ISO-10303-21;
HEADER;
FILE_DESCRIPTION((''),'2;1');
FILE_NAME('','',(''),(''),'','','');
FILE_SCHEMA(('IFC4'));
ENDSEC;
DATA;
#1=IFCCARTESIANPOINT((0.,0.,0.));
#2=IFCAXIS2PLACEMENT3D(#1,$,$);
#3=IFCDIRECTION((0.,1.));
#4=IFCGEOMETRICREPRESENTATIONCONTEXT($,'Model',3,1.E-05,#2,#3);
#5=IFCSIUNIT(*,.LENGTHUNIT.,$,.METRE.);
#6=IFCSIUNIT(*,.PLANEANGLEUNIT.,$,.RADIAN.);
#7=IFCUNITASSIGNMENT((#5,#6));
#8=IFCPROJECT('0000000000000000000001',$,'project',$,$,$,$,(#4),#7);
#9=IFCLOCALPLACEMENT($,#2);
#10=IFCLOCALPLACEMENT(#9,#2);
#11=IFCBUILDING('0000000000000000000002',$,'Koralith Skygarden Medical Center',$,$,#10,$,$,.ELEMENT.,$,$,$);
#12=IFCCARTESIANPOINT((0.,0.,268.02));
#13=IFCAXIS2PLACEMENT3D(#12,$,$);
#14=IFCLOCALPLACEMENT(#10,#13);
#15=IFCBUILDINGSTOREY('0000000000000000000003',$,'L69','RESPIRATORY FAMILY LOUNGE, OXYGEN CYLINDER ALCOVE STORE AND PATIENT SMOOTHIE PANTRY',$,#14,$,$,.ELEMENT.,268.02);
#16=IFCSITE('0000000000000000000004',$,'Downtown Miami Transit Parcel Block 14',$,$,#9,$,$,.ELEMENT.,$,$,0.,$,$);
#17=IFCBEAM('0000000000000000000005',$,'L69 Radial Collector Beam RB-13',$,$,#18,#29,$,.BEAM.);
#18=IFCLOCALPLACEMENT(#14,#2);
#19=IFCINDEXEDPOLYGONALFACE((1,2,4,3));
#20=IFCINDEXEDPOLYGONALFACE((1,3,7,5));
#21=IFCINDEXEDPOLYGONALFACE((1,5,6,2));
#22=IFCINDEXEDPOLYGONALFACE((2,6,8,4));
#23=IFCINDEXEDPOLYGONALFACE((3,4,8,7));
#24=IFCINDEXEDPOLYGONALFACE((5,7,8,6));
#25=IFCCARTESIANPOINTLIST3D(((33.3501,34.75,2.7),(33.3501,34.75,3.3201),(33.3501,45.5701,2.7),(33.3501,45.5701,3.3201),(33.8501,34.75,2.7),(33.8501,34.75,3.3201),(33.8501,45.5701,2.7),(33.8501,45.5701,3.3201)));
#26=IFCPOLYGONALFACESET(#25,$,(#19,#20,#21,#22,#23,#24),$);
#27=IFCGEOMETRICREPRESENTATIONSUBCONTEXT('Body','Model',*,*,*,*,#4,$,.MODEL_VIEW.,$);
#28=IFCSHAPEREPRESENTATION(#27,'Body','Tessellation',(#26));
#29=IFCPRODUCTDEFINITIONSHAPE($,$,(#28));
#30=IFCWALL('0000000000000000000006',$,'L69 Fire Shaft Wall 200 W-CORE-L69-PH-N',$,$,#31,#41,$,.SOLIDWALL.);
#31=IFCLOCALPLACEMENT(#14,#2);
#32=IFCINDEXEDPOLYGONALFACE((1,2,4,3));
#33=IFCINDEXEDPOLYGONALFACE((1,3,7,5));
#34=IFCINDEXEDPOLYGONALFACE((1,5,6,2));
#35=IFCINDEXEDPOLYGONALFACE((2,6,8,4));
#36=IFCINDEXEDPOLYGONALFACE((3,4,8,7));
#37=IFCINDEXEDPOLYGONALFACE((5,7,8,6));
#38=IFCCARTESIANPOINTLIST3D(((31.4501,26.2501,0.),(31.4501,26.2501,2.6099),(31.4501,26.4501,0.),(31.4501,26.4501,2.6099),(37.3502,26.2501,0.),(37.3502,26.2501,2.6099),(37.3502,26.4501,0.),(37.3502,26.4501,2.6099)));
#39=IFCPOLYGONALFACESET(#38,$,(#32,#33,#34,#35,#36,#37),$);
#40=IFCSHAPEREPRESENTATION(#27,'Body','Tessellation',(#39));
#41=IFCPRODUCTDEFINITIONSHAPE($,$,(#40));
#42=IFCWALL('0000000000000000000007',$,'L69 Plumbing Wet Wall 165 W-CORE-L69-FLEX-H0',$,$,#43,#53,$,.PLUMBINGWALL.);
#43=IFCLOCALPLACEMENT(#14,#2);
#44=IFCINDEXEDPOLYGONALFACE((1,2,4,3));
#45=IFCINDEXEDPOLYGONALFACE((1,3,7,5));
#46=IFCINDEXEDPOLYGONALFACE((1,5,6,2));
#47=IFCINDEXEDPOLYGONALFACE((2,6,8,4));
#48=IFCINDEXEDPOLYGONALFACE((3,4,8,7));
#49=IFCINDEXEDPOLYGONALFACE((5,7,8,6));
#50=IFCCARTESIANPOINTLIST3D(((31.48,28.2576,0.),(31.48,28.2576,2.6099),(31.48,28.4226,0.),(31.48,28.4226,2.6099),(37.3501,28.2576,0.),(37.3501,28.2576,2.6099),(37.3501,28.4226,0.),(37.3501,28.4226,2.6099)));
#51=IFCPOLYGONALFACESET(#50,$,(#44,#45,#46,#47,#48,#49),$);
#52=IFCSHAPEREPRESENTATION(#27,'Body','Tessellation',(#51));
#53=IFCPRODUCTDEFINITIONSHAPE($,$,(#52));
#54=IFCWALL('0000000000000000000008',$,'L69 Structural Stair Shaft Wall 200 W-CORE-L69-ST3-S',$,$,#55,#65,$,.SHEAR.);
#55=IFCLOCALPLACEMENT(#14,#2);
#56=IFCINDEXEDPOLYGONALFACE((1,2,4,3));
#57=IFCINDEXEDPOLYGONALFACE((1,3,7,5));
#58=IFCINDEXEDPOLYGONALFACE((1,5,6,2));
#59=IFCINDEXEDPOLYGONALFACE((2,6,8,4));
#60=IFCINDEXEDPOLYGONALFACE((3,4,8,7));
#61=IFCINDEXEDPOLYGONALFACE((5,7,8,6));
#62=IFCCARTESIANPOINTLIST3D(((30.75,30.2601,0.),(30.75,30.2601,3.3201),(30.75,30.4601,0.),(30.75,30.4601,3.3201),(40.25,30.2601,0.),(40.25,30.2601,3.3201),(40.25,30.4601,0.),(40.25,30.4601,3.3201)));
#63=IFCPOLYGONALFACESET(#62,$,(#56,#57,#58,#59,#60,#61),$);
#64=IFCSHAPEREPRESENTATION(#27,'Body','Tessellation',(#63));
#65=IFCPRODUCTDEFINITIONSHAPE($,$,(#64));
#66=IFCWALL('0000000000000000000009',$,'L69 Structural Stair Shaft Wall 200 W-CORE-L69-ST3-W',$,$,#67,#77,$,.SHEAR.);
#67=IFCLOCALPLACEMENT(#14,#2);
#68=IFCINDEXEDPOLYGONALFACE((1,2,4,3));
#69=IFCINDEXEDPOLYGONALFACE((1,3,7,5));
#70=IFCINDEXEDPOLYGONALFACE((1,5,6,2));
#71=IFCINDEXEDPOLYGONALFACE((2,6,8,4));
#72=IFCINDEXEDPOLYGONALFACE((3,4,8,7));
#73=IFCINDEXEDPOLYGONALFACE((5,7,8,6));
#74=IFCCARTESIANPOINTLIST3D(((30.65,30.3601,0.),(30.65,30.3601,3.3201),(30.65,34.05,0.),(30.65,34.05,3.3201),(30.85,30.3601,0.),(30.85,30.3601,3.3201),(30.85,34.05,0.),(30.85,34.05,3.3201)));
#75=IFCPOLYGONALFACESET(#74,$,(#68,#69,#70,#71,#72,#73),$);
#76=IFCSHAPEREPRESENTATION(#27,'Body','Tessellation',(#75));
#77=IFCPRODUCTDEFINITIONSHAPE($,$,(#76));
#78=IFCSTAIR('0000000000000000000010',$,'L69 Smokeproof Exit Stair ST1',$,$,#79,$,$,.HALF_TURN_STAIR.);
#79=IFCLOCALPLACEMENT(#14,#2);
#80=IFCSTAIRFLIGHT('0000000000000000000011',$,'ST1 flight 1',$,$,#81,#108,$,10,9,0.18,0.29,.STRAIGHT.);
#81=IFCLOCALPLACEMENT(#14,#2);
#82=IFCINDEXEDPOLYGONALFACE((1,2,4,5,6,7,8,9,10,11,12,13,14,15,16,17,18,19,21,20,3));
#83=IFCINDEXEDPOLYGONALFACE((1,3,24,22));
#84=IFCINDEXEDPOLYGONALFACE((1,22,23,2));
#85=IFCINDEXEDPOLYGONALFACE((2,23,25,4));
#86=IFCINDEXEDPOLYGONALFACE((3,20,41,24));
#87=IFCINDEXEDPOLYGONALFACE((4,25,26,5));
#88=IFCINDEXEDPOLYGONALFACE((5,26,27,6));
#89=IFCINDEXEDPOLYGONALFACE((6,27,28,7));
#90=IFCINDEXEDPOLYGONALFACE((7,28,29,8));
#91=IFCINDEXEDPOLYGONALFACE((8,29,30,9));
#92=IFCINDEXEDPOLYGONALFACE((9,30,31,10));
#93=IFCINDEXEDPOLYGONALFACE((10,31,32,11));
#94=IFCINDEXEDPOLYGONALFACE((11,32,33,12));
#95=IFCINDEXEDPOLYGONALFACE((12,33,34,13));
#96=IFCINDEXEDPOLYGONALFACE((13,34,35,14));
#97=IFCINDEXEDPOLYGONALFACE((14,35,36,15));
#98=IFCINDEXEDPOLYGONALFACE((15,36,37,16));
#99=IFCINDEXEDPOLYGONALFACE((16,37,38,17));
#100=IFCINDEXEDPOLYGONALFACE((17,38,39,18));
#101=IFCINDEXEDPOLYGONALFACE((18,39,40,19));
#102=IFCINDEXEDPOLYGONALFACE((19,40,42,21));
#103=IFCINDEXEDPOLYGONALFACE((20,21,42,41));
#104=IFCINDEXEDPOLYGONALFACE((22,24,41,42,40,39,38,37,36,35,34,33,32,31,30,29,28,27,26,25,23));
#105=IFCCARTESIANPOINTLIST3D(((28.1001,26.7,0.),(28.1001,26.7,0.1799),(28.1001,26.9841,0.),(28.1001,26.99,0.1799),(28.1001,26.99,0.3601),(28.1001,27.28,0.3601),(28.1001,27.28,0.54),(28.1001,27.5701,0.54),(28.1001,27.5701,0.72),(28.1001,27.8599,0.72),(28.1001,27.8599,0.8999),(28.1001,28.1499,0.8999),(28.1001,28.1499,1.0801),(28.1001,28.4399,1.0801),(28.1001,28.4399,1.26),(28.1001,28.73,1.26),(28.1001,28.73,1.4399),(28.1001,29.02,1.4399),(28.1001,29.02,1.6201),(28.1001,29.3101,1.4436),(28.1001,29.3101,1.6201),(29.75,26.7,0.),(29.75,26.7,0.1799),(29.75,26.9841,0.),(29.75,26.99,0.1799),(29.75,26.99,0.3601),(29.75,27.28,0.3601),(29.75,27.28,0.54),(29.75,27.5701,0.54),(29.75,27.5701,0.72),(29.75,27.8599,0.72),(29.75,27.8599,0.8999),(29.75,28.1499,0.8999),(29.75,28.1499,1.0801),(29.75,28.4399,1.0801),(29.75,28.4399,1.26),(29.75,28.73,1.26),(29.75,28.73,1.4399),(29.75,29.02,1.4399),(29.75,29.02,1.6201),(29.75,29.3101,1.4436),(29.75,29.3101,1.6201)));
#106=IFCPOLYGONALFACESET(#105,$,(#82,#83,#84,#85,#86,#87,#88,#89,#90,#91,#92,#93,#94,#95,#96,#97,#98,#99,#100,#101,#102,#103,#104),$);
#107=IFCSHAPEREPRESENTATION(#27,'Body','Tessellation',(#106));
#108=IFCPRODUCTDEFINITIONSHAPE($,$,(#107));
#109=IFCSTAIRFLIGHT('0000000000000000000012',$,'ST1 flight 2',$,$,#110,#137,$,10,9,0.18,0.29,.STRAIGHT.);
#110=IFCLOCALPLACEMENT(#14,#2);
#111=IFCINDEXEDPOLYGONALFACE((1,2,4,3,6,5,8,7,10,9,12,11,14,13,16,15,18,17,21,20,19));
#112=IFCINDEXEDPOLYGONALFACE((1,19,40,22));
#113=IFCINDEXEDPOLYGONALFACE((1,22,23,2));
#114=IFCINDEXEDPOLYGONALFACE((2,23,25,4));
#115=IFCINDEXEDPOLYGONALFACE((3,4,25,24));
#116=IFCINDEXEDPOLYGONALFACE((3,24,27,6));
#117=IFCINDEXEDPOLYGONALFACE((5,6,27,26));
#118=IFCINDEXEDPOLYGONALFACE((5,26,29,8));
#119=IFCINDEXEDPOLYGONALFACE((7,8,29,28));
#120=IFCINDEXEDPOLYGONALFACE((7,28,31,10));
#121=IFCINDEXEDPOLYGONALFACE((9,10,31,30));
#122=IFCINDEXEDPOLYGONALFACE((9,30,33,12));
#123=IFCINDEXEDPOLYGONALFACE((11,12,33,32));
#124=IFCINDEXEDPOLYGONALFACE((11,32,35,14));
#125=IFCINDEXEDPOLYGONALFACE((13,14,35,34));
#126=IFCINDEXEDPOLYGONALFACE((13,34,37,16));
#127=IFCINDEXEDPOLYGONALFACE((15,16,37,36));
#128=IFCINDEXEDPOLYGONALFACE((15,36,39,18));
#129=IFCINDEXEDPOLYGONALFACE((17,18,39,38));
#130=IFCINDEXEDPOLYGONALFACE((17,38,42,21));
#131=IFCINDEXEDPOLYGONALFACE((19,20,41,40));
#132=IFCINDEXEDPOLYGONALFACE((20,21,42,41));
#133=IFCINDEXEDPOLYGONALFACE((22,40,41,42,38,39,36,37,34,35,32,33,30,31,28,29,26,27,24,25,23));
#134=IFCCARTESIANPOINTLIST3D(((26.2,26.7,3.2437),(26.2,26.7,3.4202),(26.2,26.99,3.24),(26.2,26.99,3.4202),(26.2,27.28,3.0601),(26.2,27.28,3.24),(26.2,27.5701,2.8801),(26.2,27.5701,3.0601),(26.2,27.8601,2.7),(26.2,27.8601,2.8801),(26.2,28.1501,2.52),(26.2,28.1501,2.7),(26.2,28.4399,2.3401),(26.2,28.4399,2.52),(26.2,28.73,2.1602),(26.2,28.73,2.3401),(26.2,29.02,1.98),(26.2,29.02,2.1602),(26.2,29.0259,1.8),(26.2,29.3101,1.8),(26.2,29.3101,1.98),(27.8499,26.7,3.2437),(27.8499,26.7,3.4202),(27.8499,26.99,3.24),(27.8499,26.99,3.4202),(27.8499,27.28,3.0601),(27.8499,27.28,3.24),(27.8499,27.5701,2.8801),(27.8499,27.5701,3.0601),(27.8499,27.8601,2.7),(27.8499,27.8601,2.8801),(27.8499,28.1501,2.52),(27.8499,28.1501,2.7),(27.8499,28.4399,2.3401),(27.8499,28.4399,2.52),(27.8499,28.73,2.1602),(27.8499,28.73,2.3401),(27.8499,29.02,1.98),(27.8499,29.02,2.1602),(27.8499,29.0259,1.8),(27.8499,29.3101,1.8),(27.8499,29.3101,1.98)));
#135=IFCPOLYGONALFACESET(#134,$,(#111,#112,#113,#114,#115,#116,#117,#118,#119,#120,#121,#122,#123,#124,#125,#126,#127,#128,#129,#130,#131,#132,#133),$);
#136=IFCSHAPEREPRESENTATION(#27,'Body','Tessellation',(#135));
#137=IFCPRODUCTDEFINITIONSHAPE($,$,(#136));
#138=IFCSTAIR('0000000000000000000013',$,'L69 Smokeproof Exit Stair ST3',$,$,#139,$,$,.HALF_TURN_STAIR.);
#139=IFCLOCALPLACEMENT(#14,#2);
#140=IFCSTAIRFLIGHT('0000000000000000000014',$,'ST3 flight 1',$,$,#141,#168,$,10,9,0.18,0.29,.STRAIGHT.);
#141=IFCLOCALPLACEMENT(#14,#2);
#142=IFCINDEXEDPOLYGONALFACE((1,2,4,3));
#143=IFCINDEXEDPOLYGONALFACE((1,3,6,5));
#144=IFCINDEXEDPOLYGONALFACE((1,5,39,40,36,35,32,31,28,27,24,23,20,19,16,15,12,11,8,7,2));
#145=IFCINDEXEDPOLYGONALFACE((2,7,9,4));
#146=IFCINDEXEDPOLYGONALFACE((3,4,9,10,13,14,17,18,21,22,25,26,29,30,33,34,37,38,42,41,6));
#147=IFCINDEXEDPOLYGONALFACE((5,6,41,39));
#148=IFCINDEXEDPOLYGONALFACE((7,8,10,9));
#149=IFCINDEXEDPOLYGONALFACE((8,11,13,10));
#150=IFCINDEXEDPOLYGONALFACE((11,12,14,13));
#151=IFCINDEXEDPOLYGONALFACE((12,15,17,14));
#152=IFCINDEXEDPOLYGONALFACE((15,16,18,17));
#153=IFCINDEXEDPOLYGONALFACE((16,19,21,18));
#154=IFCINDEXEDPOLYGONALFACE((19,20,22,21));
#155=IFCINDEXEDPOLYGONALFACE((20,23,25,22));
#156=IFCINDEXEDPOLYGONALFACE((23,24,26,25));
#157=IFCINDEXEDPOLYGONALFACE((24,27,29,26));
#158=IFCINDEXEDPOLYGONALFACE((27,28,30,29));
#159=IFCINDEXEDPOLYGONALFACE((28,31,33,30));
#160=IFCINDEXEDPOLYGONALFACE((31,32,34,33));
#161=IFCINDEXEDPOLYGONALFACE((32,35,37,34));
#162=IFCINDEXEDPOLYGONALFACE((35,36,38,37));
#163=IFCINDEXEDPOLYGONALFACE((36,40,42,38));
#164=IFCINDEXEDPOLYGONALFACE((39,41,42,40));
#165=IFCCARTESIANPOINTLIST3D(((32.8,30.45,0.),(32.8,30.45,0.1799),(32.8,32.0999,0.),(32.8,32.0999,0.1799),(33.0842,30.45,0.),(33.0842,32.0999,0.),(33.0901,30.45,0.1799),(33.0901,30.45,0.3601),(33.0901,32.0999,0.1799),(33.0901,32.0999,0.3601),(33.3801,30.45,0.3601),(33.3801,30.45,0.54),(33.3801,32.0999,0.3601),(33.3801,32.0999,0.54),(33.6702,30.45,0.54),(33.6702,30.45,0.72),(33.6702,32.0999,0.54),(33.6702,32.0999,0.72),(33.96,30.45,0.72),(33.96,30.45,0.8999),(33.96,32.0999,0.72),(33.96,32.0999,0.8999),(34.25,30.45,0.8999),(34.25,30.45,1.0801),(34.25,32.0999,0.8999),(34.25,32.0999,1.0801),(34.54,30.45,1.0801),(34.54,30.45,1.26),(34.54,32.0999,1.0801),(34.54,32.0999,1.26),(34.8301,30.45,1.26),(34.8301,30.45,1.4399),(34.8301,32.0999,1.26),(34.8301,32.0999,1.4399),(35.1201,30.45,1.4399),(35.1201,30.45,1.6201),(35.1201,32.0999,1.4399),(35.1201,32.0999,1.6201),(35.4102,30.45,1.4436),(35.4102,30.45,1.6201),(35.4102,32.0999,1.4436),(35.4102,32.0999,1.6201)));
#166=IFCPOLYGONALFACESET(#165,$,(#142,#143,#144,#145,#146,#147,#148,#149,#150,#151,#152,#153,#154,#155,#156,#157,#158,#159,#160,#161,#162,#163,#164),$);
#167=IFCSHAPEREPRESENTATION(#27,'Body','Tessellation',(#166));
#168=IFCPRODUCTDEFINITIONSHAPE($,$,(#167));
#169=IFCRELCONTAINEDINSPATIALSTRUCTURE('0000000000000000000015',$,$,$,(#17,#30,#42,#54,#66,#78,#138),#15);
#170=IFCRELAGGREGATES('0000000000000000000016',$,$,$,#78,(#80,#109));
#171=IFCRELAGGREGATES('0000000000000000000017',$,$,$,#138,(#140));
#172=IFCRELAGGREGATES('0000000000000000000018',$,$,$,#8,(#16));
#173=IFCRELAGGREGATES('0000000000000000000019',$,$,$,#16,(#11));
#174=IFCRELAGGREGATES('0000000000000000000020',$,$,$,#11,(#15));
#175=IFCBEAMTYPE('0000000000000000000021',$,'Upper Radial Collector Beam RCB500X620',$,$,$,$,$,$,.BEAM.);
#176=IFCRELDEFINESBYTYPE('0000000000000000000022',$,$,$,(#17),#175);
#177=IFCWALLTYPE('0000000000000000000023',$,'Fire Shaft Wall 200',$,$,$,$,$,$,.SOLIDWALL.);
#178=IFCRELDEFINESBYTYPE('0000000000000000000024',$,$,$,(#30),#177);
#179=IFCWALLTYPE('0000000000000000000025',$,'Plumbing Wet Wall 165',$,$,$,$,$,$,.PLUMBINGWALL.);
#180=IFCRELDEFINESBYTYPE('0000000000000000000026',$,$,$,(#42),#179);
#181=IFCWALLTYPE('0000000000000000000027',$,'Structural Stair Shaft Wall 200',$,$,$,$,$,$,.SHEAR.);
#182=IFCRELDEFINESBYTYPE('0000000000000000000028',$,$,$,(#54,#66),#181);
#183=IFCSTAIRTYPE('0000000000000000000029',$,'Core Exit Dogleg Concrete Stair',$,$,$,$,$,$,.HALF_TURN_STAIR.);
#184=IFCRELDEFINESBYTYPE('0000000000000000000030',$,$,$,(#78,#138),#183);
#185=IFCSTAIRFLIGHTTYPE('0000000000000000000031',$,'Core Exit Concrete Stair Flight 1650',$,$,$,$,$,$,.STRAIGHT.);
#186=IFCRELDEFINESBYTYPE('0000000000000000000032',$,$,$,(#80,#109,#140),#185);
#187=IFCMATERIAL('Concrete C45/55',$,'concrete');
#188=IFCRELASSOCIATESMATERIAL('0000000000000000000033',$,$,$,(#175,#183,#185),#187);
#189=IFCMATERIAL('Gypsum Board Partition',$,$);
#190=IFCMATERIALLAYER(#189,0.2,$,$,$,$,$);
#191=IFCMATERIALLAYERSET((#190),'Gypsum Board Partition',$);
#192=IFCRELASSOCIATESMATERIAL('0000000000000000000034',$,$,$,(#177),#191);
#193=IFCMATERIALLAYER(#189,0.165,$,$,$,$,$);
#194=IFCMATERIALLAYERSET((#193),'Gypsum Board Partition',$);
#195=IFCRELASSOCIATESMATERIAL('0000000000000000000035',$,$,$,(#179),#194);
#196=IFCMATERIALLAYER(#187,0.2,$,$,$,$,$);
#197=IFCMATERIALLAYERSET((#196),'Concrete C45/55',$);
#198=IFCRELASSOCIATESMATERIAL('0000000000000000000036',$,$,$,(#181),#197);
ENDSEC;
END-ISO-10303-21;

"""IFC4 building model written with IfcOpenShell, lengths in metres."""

from ifc_helpers import new_model, si_unit, direction, frame, frame_2d, origin, origin_2d, place, context, subcontext, project, spatial, polyline, rectangle, outline, extrude, material, layer, layer_set, material_profile, profile_set, type_object, element, aggregate, save


model = new_model("IFC4")

# Units and contexts
model_context = context("Model", 3, precision=1e-05, world=origin(), true_north=direction((0.0, 1.0)))
body_context = subcontext(model_context, "Body", "Model", "MODEL_VIEW")
ifc_project = project(units=[si_unit("LENGTHUNIT", "METRE"), si_unit("PLANEANGLEUNIT", "RADIAN")], contexts=[model_context])

# Site, building, storey
site_placement = place(None, origin())
site = spatial("IfcSite", under=ifc_project, at=site_placement, Name="Downtown Miami Transit Parcel Block 14", CompositionType="ELEMENT", RefElevation=0.0)
building_placement = place(site_placement, origin())
building = spatial("IfcBuilding", under=site, at=building_placement, Name="Koralith Skygarden Medical Center", CompositionType="ELEMENT")
storey_placement = place(building_placement, frame((0.0, 0.0, 268.02)))
storey = spatial("IfcBuildingStorey", under=building, at=storey_placement, Name="L69", Description="RESPIRATORY FAMILY LOUNGE, OXYGEN CYLINDER ALCOVE STORE AND PATIENT SMOOTHIE PANTRY", CompositionType="ELEMENT", Elevation=268.02)

# Beam
ifc_material_1 = material(Name="Concrete C45/55", Category="concrete")
ifc_material_profile = material_profile(ifc_material_1, rectangle(XDim=0.5, YDim=0.6201, at=origin_2d()), Name="RCB500X620")
ifc_profile_set = profile_set([ifc_material_profile], Name="Concrete C45/55")
beam_type = type_object("IfcBeamType", Name="Upper Radial Collector Beam RCB500X620", PredefinedType="BEAM", material=ifc_profile_set)
beam_placement = place(storey_placement, frame((33.6001, 34.75, 3.01), z_axis=(0.0, 1.0, 0.0), x_axis=(-1.0, 0.0, 0.0)))
element("IfcBeam", 1, at=beam_placement, inside=storey, type_object=beam_type, Name="L69 Radial Collector Beam RB-13", PredefinedType="BEAM", context=body_context, shape_type="SweptSolid", body=[
    extrude(rectangle(XDim=0.5, YDim=0.6201, at=origin_2d()), origin(), (0.0, 0.0, 1.0), 10.8201),
])

# Wall
ifc_material_2 = material(Name="Gypsum Board Partition")
ifc_layer_1 = layer(ifc_material_2, 0.2)
ifc_layer_set_1 = layer_set([ifc_layer_1], Name="Gypsum Board Partition")
wall_type_1 = type_object("IfcWallType", Name="Fire Shaft Wall 200", PredefinedType="SOLIDWALL", material=ifc_layer_set_1)
wall_1_placement = place(storey_placement, frame((31.45, 26.3501, 0.0), z_axis=(0.0, 0.0, 1.0), x_axis=(1.0, 0.0, 0.0)))
element("IfcWall", 2, at=wall_1_placement, inside=storey, type_object=wall_type_1, Name="L69 Fire Shaft Wall 200 W-CORE-L69-PH-N", PredefinedType="SOLIDWALL", context=body_context, shape_type="SweptSolid", body=[
    extrude(rectangle(XDim=5.9001, YDim=0.2, at=frame_2d((2.9502, 0.0))), origin(), (0.0, 0.0, 1.0), 2.6099),
])

# Shared definitions
ifc_layer_2 = layer(ifc_material_2, 0.165)
ifc_layer_set_2 = layer_set([ifc_layer_2], Name="Gypsum Board Partition")
wall_type_2 = type_object("IfcWallType", Name="Plumbing Wet Wall 165", PredefinedType="PLUMBINGWALL", material=ifc_layer_set_2)

# Walls
wall_2_placement = place(storey_placement, frame((31.48, 28.3401, 0.0), z_axis=(0.0, 0.0, 1.0), x_axis=(1.0, 0.0, 0.0)))
element("IfcWall", 3, at=wall_2_placement, inside=storey, type_object=wall_type_2, Name="L69 Plumbing Wet Wall 165 W-CORE-L69-FLEX-H0", PredefinedType="PLUMBINGWALL", context=body_context, shape_type="SweptSolid", body=[
    extrude(rectangle(XDim=5.8701, YDim=0.165, at=frame_2d((2.9351, 0.0))), origin(), (0.0, 0.0, 1.0), 2.6099),
])
ifc_layer_3 = layer(ifc_material_1, 0.2)
ifc_layer_set_3 = layer_set([ifc_layer_3], Name="Concrete C45/55")
wall_type_3 = type_object("IfcWallType", Name="Structural Stair Shaft Wall 200", PredefinedType="SHEAR", material=ifc_layer_set_3)
wall_3_placement = place(storey_placement, frame((30.75, 30.3601, 0.0), z_axis=(0.0, 0.0, 1.0), x_axis=(1.0, 0.0, 0.0)))
element("IfcWall", 4, at=wall_3_placement, inside=storey, type_object=wall_type_3, Name="L69 Structural Stair Shaft Wall 200 W-CORE-L69-ST3-S", PredefinedType="SHEAR", context=body_context, shape_type="SweptSolid", body=[
    extrude(rectangle(XDim=9.5, YDim=0.2, at=frame_2d((4.75, 0.0))), origin(), (0.0, 0.0, 1.0), 3.3201),
])
wall_4_placement = place(storey_placement, frame((30.75, 30.3601, 0.0), z_axis=(0.0, 0.0, 1.0), x_axis=(0.0, 1.0, 0.0)))
element("IfcWall", 5, at=wall_4_placement, inside=storey, type_object=wall_type_3, Name="L69 Structural Stair Shaft Wall 200 W-CORE-L69-ST3-W", PredefinedType="SHEAR", context=body_context, shape_type="SweptSolid", body=[
    extrude(rectangle(XDim=3.6899, YDim=0.2, at=frame_2d((1.845, 0.0))), origin(), (0.0, 0.0, 1.0), 3.3201),
])

# Stairs, stair flights
stair_type = type_object("IfcStairType", Name="Core Exit Dogleg Concrete Stair", PredefinedType="HALF_TURN_STAIR", material=ifc_material_1)
stair_1_placement = place(storey_placement, origin())
stair_1 = element("IfcStair", 6, at=stair_1_placement, inside=storey, type_object=stair_type, Name="L69 Smokeproof Exit Stair ST1", PredefinedType="HALF_TURN_STAIR")
stair_flight_type = type_object("IfcStairFlightType", Name="Core Exit Concrete Stair Flight 1650", PredefinedType="STRAIGHT", material=ifc_material_1)
stair_flight_1_placement = place(storey_placement, frame((28.925, 26.7, 0.0), z_axis=(0.0, 0.0, 1.0), x_axis=(0.0, 1.0, 0.0)))
stair_flight_1 = element("IfcStairFlight", 7, at=stair_flight_1_placement, type_object=stair_flight_type, Name="ST1 flight 1", NumberOfRisers=10, NumberOfTreads=9, PredefinedType="STRAIGHT", RiserHeight=0.18, TreadLength=0.29, context=body_context, shape_type="SweptSolid", body=[
    extrude(outline(polyline([(0.0, 0.0), (0.0, 0.1799), (0.29, 0.1799), (0.29, 0.3601), (0.5801, 0.3601), (0.5801, 0.54), (0.8701, 0.54), (0.8701, 0.72), (1.1599, 0.72), (1.1599, 0.8999), (1.45, 0.8999), (1.45, 1.0801), (1.74, 1.0801), (1.74, 1.26), (2.03, 1.26), (2.03, 1.4399), (2.3201, 1.4399), (2.3201, 1.6201), (2.6101, 1.6201), (2.6101, 1.8), (2.6101, 1.4436), (0.2842, 0.0), (0.0, 0.0)])), frame((0.0, 0.825, 0.0), z_axis=(0.0, -1.0, 0.0), x_axis=(1.0, 0.0, 0.0)), (0.0, 0.0, 1.0), 1.6499),
])
stair_flight_2_placement = place(storey_placement, frame((27.0249, 29.3101, 1.8), z_axis=(0.0, 0.0, 1.0), x_axis=(0.0, -1.0, 0.0)))
stair_flight_2 = element("IfcStairFlight", 8, at=stair_flight_2_placement, type_object=stair_flight_type, Name="ST1 flight 2", NumberOfRisers=10, NumberOfTreads=9, PredefinedType="STRAIGHT", RiserHeight=0.18, TreadLength=0.29, context=body_context, shape_type="SweptSolid", body=[
    extrude(outline(polyline([(0.0, 0.0), (0.0, 0.1799), (0.29, 0.1799), (0.29, 0.3601), (0.5801, 0.3601), (0.5801, 0.54), (0.8701, 0.54), (0.8701, 0.72), (1.1599, 0.72), (1.1599, 0.8999), (1.45, 0.8999), (1.45, 1.0801), (1.74, 1.0801), (1.74, 1.26), (2.03, 1.26), (2.03, 1.4399), (2.3201, 1.4399), (2.3201, 1.6201), (2.6101, 1.6201), (2.6101, 1.8), (2.6101, 1.4436), (0.2842, 0.0), (0.0, 0.0)])), frame((0.0, 0.825, 0.0), z_axis=(0.0, -1.0, 0.0), x_axis=(1.0, 0.0, 0.0)), (0.0, 0.0, 1.0), 1.6499),
])
aggregate(stair_1, [stair_flight_1, stair_flight_2])
stair_2_placement = place(storey_placement, origin())
stair_2 = element("IfcStair", 9, at=stair_2_placement, inside=storey, type_object=stair_type, Name="L69 Smokeproof Exit Stair ST3", PredefinedType="HALF_TURN_STAIR")
stair_flight_3_placement = place(storey_placement, frame((32.8, 31.2749, 0.0), z_axis=(0.0, 0.0, 1.0), x_axis=(1.0, 0.0, 0.0)))
stair_flight_3 = element("IfcStairFlight", 10, at=stair_flight_3_placement, type_object=stair_flight_type, Name="ST3 flight 1", NumberOfRisers=10, NumberOfTreads=9, PredefinedType="STRAIGHT", RiserHeight=0.18, TreadLength=0.29, context=body_context, shape_type="SweptSolid", body=[
    extrude(outline(polyline([(0.0, 0.0), (0.0, 0.1799), (0.29, 0.1799), (0.29, 0.3601), (0.5801, 0.3601), (0.5801, 0.54), (0.8701, 0.54), (0.8701, 0.72), (1.1599, 0.72), (1.1599, 0.8999), (1.45, 0.8999), (1.45, 1.0801), (1.74, 1.0801), (1.74, 1.26), (2.03, 1.26), (2.03, 1.4399), (2.3201, 1.4399), (2.3201, 1.6201), (2.6101, 1.6201), (2.6101, 1.8), (2.6101, 1.4436), (0.2842, 0.0), (0.0, 0.0)])), frame((0.0, 0.825, 0.0), z_axis=(0.0, -1.0, 0.0), x_axis=(1.0, 0.0, 0.0)), (0.0, 0.0, 1.0), 1.6499),
])
aggregate(stair_2, [stair_flight_3])

save(model, "model.ifc")
